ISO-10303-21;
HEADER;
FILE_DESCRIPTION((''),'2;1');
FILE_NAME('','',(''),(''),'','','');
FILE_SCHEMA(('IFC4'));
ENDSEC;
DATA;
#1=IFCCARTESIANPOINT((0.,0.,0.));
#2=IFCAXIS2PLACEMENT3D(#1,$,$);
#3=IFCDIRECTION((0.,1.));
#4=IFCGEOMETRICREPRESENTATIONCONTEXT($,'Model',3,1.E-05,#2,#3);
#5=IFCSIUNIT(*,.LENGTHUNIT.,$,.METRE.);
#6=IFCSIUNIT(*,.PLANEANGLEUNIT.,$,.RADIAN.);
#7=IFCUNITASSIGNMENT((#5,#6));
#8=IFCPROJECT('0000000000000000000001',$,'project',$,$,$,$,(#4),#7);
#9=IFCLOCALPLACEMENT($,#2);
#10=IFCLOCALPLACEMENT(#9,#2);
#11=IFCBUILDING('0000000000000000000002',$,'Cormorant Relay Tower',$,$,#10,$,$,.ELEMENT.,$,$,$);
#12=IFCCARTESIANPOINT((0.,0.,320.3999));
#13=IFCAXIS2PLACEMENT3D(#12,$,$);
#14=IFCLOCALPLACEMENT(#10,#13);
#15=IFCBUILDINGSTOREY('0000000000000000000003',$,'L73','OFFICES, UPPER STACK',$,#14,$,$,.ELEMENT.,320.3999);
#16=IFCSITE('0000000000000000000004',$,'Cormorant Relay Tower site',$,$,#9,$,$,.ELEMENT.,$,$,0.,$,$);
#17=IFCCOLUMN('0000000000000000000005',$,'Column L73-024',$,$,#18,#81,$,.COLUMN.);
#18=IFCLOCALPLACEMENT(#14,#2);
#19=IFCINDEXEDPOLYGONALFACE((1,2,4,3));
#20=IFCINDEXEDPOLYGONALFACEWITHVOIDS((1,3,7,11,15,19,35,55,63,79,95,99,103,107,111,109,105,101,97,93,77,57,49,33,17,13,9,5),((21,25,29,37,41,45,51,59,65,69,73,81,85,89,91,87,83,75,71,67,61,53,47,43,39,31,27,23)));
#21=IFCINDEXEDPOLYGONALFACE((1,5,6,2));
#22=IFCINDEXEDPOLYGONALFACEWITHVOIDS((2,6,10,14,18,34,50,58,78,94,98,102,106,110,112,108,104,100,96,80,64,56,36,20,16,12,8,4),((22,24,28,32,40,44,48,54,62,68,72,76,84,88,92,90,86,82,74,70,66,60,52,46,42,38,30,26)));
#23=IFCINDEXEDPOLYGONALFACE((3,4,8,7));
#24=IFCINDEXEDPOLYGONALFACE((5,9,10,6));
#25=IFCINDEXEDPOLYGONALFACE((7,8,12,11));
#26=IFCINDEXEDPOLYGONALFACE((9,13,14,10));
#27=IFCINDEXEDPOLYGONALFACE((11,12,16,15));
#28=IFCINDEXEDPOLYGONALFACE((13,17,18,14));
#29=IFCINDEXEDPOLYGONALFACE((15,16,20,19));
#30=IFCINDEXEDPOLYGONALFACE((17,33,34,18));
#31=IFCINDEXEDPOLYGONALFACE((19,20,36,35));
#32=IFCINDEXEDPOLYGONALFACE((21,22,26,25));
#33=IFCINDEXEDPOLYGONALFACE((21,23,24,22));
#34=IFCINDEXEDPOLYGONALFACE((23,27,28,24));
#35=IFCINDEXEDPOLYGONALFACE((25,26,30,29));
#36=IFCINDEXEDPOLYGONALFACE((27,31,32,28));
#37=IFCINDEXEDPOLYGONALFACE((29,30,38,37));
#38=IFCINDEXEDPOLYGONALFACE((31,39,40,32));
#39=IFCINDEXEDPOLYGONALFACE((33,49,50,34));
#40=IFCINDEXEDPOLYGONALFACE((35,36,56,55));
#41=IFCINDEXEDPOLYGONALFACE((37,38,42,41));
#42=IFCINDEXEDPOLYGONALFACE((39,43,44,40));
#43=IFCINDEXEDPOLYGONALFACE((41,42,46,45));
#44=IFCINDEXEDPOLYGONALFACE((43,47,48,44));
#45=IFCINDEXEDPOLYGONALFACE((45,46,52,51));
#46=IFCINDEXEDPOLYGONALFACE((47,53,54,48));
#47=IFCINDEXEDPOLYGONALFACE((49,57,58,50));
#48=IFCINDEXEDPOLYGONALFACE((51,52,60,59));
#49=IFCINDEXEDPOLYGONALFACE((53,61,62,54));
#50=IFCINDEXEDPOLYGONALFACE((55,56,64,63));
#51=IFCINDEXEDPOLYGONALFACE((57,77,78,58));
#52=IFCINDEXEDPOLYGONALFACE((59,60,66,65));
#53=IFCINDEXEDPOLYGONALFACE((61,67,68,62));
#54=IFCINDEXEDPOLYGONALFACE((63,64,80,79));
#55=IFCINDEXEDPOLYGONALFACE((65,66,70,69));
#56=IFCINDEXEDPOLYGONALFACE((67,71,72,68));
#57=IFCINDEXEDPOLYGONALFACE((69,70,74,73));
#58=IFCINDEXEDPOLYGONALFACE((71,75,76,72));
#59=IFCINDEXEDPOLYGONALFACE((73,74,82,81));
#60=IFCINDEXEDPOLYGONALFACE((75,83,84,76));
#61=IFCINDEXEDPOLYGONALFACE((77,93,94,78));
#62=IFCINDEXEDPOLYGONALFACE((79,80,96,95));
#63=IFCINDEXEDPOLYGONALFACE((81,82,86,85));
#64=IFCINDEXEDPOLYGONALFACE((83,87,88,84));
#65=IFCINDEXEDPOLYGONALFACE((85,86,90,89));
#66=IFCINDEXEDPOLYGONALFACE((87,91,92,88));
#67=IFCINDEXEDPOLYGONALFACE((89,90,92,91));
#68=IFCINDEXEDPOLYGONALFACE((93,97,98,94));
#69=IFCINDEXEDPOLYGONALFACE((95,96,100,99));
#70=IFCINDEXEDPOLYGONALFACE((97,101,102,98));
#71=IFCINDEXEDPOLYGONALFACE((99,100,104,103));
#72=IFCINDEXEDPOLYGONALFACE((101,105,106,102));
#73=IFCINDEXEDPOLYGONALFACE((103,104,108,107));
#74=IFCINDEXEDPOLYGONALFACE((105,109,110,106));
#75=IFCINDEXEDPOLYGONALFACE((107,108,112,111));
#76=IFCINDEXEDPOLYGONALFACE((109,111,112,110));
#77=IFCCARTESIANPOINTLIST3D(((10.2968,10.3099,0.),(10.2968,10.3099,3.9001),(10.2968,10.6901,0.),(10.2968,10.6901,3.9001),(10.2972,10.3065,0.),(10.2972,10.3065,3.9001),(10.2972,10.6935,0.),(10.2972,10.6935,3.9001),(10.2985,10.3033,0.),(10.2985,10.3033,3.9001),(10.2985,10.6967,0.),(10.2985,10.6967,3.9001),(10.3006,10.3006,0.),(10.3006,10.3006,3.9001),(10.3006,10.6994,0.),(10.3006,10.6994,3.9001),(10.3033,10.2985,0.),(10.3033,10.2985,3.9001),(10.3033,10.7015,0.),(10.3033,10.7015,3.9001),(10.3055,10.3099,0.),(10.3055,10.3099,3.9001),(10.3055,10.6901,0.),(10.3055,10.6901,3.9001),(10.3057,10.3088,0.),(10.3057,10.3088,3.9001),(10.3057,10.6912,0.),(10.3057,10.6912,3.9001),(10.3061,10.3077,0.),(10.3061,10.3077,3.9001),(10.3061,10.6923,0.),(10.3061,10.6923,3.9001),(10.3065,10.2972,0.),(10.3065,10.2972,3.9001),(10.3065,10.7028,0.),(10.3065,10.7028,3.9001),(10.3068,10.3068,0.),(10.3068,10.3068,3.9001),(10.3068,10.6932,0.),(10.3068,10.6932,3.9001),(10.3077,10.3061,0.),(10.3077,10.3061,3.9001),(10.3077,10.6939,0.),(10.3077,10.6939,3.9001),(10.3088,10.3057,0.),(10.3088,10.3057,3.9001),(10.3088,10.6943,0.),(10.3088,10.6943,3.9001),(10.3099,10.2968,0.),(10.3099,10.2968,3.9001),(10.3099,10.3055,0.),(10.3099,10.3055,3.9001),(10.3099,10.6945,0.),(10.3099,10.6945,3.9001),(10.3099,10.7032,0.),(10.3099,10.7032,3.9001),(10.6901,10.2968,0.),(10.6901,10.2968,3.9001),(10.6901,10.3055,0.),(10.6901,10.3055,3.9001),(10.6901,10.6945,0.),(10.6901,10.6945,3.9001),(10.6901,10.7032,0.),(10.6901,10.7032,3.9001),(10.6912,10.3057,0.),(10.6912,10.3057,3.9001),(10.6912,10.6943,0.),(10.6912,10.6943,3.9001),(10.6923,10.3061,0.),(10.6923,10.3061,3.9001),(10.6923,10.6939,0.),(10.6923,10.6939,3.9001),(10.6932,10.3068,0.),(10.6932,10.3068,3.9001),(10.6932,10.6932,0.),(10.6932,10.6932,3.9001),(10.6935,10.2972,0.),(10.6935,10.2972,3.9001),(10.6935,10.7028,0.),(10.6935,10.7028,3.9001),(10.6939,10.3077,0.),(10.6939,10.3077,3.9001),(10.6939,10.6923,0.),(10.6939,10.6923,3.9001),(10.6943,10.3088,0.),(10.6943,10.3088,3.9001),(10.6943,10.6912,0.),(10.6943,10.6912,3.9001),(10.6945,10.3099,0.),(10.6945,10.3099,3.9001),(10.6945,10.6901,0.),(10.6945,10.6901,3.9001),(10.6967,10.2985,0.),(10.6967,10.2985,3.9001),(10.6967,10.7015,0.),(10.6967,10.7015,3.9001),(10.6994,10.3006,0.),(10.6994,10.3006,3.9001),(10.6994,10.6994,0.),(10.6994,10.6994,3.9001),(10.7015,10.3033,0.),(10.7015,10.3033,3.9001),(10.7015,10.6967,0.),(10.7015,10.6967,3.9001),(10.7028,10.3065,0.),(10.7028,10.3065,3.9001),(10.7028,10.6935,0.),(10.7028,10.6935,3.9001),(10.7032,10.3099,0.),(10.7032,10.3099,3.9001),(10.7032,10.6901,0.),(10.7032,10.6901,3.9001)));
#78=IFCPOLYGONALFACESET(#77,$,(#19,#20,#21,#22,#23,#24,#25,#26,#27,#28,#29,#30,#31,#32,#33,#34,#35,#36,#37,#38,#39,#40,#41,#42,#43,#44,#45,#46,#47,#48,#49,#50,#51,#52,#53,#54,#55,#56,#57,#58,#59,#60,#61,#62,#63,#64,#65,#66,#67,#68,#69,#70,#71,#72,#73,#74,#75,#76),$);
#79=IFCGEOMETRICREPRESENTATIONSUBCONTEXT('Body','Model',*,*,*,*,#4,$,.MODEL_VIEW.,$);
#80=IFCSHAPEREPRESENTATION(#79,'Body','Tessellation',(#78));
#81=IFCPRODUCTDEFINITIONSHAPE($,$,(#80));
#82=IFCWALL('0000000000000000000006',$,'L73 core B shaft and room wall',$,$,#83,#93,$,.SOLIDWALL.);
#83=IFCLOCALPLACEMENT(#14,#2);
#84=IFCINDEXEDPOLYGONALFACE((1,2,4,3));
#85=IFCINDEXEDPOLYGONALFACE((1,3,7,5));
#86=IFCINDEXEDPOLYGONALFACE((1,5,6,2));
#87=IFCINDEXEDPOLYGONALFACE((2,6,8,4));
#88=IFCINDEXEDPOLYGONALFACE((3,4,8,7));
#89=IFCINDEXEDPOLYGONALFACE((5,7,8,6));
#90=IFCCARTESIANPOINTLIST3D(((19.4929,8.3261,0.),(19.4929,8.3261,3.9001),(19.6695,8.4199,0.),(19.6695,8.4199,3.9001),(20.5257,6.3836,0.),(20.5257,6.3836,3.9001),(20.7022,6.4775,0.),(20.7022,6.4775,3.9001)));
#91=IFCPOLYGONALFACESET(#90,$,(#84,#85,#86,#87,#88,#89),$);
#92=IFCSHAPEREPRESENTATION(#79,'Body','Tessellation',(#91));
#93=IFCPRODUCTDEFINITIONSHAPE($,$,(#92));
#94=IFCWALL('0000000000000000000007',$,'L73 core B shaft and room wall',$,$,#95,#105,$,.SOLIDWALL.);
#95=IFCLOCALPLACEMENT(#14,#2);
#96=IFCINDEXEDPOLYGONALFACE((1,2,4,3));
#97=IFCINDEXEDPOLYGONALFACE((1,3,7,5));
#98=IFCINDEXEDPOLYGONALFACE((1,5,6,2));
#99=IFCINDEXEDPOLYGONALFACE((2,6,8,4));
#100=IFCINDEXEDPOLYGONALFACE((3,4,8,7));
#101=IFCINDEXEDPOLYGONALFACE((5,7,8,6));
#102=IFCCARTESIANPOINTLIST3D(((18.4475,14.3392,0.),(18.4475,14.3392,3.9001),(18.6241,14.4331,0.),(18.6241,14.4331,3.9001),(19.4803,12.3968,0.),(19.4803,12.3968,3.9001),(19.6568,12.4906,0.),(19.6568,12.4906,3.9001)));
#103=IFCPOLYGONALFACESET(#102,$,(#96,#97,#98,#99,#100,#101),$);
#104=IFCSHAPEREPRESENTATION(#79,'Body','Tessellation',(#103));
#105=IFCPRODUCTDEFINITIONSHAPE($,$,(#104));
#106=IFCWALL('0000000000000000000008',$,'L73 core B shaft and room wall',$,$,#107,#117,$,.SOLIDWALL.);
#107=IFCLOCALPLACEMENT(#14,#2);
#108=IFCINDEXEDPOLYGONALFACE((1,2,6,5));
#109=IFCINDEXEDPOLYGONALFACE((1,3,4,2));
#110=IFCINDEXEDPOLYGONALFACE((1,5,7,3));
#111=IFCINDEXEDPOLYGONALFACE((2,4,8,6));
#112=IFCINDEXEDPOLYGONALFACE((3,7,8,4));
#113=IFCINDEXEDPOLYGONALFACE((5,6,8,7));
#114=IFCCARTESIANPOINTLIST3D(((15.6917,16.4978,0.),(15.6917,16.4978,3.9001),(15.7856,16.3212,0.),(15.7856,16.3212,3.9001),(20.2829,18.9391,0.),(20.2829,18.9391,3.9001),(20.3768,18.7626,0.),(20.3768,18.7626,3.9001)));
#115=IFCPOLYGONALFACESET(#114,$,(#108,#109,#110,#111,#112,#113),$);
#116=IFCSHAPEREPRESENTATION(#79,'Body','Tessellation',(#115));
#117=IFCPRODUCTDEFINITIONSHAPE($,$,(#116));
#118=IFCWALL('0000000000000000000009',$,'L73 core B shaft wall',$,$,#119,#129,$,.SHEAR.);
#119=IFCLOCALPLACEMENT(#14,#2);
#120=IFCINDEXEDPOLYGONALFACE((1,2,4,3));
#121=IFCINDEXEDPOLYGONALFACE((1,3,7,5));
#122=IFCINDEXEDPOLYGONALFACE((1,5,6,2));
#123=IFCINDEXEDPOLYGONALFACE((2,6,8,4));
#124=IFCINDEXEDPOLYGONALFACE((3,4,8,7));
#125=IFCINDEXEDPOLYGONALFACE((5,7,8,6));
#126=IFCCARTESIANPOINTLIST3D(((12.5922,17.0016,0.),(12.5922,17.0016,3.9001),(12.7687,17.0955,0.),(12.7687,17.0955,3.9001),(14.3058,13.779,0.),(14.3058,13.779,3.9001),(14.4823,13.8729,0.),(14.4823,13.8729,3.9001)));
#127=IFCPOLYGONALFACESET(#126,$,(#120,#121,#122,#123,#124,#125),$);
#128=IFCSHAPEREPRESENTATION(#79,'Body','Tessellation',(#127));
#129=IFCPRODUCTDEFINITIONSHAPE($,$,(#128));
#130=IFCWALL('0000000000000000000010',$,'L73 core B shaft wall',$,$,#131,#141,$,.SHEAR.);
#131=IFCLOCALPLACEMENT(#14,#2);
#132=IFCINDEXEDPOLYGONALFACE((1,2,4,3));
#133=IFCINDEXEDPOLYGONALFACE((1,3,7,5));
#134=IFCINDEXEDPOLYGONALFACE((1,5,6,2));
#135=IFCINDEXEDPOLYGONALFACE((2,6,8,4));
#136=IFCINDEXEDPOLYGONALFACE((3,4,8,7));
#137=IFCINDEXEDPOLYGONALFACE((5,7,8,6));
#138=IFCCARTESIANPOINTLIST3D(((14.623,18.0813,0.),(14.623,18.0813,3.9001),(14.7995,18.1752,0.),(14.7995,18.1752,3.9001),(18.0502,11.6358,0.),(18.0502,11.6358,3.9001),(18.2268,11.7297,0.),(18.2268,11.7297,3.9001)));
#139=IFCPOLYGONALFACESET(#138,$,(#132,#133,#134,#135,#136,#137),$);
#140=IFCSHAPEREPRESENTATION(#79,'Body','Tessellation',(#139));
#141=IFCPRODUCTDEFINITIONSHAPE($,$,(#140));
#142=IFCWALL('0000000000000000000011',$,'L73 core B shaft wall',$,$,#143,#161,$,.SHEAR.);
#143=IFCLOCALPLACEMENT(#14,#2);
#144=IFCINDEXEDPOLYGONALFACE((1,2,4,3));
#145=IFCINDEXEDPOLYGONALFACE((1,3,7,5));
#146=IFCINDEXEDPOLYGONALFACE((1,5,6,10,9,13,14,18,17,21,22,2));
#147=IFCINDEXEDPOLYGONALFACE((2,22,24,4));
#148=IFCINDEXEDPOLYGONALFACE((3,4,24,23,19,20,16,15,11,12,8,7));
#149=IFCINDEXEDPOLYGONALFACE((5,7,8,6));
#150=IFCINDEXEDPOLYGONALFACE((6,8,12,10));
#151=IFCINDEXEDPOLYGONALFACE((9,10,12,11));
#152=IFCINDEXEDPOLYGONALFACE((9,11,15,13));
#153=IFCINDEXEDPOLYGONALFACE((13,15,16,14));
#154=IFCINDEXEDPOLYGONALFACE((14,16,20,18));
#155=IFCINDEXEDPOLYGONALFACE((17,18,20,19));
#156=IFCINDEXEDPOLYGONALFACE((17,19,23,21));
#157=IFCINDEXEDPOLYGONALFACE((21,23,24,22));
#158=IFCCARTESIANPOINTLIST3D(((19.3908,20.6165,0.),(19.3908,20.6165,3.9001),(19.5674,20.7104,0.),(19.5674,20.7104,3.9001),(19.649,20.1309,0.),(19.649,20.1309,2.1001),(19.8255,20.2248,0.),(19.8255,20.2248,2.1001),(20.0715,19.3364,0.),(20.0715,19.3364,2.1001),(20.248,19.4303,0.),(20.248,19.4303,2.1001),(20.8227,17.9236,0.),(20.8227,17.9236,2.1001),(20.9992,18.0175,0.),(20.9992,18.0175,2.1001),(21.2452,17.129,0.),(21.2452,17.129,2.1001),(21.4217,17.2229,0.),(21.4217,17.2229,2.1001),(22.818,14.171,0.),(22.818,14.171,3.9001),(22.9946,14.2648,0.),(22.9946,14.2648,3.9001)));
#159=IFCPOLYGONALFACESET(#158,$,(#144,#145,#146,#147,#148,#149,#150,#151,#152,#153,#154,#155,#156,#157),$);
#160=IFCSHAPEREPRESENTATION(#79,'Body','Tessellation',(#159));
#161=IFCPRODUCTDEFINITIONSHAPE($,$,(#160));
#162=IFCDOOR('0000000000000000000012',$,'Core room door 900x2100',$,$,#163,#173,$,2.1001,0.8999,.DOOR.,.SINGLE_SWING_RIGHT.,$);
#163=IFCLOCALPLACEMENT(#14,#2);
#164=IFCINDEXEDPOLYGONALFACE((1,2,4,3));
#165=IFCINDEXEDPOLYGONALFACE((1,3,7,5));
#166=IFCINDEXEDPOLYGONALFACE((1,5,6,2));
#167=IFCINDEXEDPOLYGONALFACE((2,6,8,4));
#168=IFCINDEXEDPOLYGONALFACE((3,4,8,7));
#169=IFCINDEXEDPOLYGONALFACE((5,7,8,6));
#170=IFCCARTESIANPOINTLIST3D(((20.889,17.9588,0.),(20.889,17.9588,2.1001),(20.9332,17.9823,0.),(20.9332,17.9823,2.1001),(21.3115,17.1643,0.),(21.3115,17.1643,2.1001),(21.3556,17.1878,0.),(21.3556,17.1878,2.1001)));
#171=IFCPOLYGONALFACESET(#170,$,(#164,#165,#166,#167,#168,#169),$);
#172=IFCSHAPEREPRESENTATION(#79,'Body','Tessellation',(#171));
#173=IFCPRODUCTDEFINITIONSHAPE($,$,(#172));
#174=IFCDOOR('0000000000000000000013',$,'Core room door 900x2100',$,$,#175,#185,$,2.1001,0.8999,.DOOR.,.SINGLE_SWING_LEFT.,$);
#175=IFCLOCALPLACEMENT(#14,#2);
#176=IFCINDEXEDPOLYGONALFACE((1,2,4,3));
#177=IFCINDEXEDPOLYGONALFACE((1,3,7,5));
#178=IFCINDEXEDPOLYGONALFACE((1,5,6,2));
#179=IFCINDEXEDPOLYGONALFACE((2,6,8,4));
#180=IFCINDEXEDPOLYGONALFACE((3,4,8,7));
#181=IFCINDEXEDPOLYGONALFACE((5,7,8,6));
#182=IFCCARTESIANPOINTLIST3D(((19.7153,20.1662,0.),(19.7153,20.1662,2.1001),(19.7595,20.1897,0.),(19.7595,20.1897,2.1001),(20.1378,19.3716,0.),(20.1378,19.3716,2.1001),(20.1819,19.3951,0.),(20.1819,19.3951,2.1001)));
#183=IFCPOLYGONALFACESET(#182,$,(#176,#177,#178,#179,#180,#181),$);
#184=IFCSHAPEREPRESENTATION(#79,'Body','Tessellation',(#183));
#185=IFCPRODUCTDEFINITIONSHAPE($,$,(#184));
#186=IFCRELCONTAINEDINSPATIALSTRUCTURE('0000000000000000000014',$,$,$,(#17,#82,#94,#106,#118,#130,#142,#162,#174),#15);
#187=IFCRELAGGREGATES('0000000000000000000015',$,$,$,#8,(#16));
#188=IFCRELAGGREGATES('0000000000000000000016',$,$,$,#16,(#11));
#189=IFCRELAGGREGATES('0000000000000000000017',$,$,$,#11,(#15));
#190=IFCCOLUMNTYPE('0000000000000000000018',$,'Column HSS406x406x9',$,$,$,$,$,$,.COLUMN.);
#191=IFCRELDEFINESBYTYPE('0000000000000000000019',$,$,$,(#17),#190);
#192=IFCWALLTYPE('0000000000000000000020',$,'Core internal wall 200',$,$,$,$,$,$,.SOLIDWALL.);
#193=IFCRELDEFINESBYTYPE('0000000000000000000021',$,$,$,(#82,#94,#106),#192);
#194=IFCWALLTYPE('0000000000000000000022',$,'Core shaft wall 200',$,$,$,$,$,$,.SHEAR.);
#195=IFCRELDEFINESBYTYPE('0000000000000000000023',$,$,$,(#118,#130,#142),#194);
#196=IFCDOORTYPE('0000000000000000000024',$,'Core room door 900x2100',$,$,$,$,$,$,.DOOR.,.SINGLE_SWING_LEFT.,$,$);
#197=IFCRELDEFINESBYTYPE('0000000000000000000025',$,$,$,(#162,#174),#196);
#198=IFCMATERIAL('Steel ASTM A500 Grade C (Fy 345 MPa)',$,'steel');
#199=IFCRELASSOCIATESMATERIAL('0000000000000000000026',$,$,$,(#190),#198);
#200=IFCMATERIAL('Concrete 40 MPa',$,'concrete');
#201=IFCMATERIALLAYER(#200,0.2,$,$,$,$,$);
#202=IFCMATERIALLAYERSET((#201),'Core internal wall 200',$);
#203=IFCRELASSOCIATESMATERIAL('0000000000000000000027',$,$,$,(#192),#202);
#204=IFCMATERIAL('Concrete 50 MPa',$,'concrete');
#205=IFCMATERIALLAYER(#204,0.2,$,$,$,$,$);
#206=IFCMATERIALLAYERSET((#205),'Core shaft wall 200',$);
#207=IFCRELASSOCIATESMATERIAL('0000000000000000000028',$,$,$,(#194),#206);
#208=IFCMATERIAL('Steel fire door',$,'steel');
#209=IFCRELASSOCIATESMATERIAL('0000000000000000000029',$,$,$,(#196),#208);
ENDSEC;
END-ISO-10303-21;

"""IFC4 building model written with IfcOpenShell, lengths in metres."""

from ifc_helpers import new_model, si_unit, direction, frame, frame_2d, origin, origin_2d, place, context, subcontext, project, spatial, rectangle, hollow_rectangle, extrude, material, layer, layer_set, material_profile, profile_set, type_object, element, fill, save


model = new_model("IFC4")

# Units and contexts
model_context = context("Model", 3, precision=1e-05, world=origin(), true_north=direction((0.0, 1.0)))
body_context = subcontext(model_context, "Body", "Model", "MODEL_VIEW")
ifc_project = project(units=[si_unit("LENGTHUNIT", "METRE"), si_unit("PLANEANGLEUNIT", "RADIAN")], contexts=[model_context])

# Site, building, storey
site_placement = place(None, origin())
site = spatial("IfcSite", under=ifc_project, at=site_placement, Name="Cormorant Relay Tower site", CompositionType="ELEMENT", RefElevation=0.0)
building_placement = place(site_placement, origin())
building = spatial("IfcBuilding", under=site, at=building_placement, Name="Cormorant Relay Tower", CompositionType="ELEMENT")
storey_placement = place(building_placement, frame((0.0, 0.0, 320.3999)))
storey = spatial("IfcBuildingStorey", under=building, at=storey_placement, Name="L73", Description="OFFICES, UPPER STACK", CompositionType="ELEMENT", Elevation=320.3999)

# Column
ifc_material_1 = material(Name="Steel ASTM A500 Grade C (Fy 345 MPa)", Category="steel")
ifc_material_profile = material_profile(ifc_material_1, hollow_rectangle(XDim=0.4065, YDim=0.4065, WallThickness=0.0088, InnerFilletRadius=0.0044, OuterFilletRadius=0.0132, at=origin_2d()), Name="HSS406x406x9")
ifc_profile_set = profile_set([ifc_material_profile], Name="Steel ASTM A500 Grade C (Fy 345 MPa)")
column_type = type_object("IfcColumnType", Name="Column HSS406x406x9", PredefinedType="COLUMN", material=ifc_profile_set)
column_placement = place(storey_placement, frame((10.5, 10.5, 0.0), z_axis=(0.0, 0.0, 1.0), x_axis=(1.0, 0.0, 0.0)))
element("IfcColumn", 1, at=column_placement, inside=storey, type_object=column_type, Name="Column L73-024", PredefinedType="COLUMN", context=body_context, shape_type="SweptSolid", body=[
    extrude(hollow_rectangle(XDim=0.4065, YDim=0.4065, WallThickness=0.0088, InnerFilletRadius=0.0044, OuterFilletRadius=0.0132, at=origin_2d()), origin(), (0.0, 0.0, 1.0), 3.9001),
])

# Walls
ifc_material_2 = material(Name="Concrete 40 MPa", Category="concrete")
ifc_layer_1 = layer(ifc_material_2, 0.2)
ifc_layer_set_1 = layer_set([ifc_layer_1], Name="Core internal wall 200")
wall_type_1 = type_object("IfcWallType", Name="Core internal wall 200", PredefinedType="SOLIDWALL", material=ifc_layer_set_1)
for number, where, z_axis, x_axis, name in (
    (2, (20.614, 6.4304, 0.0), (0.0, 0.0, 1.0), (-0.469447, 0.88296, 0.0), "L73 core B shaft and room wall"),
    (3, (19.5686, 12.4436, 0.0), (0.0, 0.0, 1.0), (-0.469447, 0.88296, 0.0), "L73 core B shaft and room wall"),
):
    element("IfcWall", number, at=place(storey_placement, frame(where, z_axis=z_axis, x_axis=x_axis)), inside=storey, type_object=wall_type_1, Name=name, PredefinedType="SOLIDWALL", context=body_context, shape_type="SweptSolid", body=[
        extrude(rectangle(XDim=2.2, YDim=0.2, at=frame_2d((1.1001, 0.0))), origin(), (0.0, 0.0, 1.0), 3.9001),
    ])
wall_1_placement = place(storey_placement, frame((15.7385, 16.4094, 0.0), z_axis=(0.0, 0.0, 1.0), x_axis=(0.882935, 0.469496, 0.0)))
element("IfcWall", 4, at=wall_1_placement, inside=storey, type_object=wall_type_1, Name="L73 core B shaft and room wall", PredefinedType="SOLIDWALL", context=body_context, shape_type="SweptSolid", body=[
    extrude(rectangle(XDim=5.2, YDim=0.2, at=frame_2d((2.6001, 0.0))), origin(), (0.0, 0.0, 1.0), 3.9001),
])
ifc_material_3 = material(Name="Concrete 50 MPa", Category="concrete")
ifc_layer_2 = layer(ifc_material_3, 0.2)
ifc_layer_set_2 = layer_set([ifc_layer_2], Name="Core shaft wall 200")
wall_type_2 = type_object("IfcWallType", Name="Core shaft wall 200", PredefinedType="SHEAR", material=ifc_layer_set_2)
wall_2_placement = place(storey_placement, frame((14.394, 13.8259, 0.0), z_axis=(0.0, 0.0, 1.0), x_axis=(-0.469494, 0.882936, 0.0)))
element("IfcWall", 5, at=wall_2_placement, inside=storey, type_object=wall_type_2, Name="L73 core B shaft wall", PredefinedType="SHEAR", context=body_context, shape_type="SweptSolid", body=[
    extrude(rectangle(XDim=3.6499, YDim=0.2, at=frame_2d((1.825, 0.0))), origin(), (0.0, 0.0, 1.0), 3.9001),
])
wall_3_placement = place(storey_placement, frame((18.1384, 11.6829, 0.0), z_axis=(0.0, 0.0, 1.0), x_axis=(-0.46948, 0.882943, 0.0)))
element("IfcWall", 6, at=wall_3_placement, inside=storey, type_object=wall_type_2, Name="L73 core B shaft wall", PredefinedType="SHEAR", context=body_context, shape_type="SweptSolid", body=[
    extrude(rectangle(XDim=7.3, YDim=0.2, at=frame_2d((3.6499, 0.0))), origin(), (0.0, 0.0, 1.0), 3.9001),
])

# Wall, openings, doors
wall_4_placement = place(storey_placement, frame((22.9062, 14.218, 0.0), z_axis=(0.0, 0.0, 1.0), x_axis=(-0.46948, 0.882943, 0.0)))
wall_4 = element("IfcWall", 7, at=wall_4_placement, inside=storey, type_object=wall_type_2, Name="L73 core B shaft wall", PredefinedType="SHEAR", context=body_context, shape_type="SweptSolid", body=[
    extrude(rectangle(XDim=7.3, YDim=0.2, at=frame_2d((3.6499, 0.0))), origin(), (0.0, 0.0, 1.0), 3.9001),
])
opening_1_placement = place(wall_4_placement, frame((3.3501, 0.0, 0.0)))
opening_1 = element("IfcOpeningElement", 8, at=opening_1_placement, cuts=wall_4, PredefinedType="OPENING", context=body_context, shape_type="SweptSolid", body=[
    extrude(rectangle(XDim=0.8999, YDim=2.1001, at=frame_2d((0.45, 1.05))), frame((0.0, 0.1099, 0.0), z_axis=(0.0, -1.0, 0.0), x_axis=(1.0, 0.0, 0.0)), (0.0, 0.0, 1.0), 0.22),
])
opening_2_placement = place(wall_4_placement, frame((5.8501, 0.0, 0.0)))
opening_2 = element("IfcOpeningElement", 9, at=opening_2_placement, cuts=wall_4, PredefinedType="OPENING", context=body_context, shape_type="SweptSolid", body=[
    extrude(rectangle(XDim=0.8999, YDim=2.1001, at=frame_2d((0.45, 1.05))), frame((0.0, 0.1099, 0.0), z_axis=(0.0, -1.0, 0.0), x_axis=(1.0, 0.0, 0.0)), (0.0, 0.0, 1.0), 0.22),
])
ifc_material_4 = material(Name="Steel fire door", Category="steel")
door_type_1 = type_object("IfcDoorType", Name="Core room door 900x2100", OperationType="SINGLE_SWING_LEFT", PredefinedType="DOOR", material=ifc_material_4)
door_1_placement = place(opening_1_placement, origin())
door_1 = element("IfcDoor", 10, at=door_1_placement, inside=storey, type_object=door_type_1, Name="Core room door 900x2100", OperationType="SINGLE_SWING_RIGHT", OverallHeight=2.1001, OverallWidth=0.8999, PredefinedType="DOOR", context=body_context, shape_type="SweptSolid", body=[
    extrude(rectangle(XDim=0.8999, YDim=2.1001, at=frame_2d((0.45, 1.05))), frame((0.0, 0.0249, 0.0), z_axis=(0.0, -1.0, 0.0), x_axis=(1.0, 0.0, 0.0)), (0.0, 0.0, 1.0), 0.05),
])
fill(opening_1, door_1)
door_2_placement = place(opening_2_placement, origin())
door_2 = element("IfcDoor", 11, at=door_2_placement, inside=storey, type_object=door_type_1, Name="Core room door 900x2100", OperationType="SINGLE_SWING_LEFT", OverallHeight=2.1001, OverallWidth=0.8999, PredefinedType="DOOR", context=body_context, shape_type="SweptSolid", body=[
    extrude(rectangle(XDim=0.8999, YDim=2.1001, at=frame_2d((0.45, 1.05))), frame((0.0, 0.0249, 0.0), z_axis=(0.0, -1.0, 0.0), x_axis=(1.0, 0.0, 0.0)), (0.0, 0.0, 1.0), 0.05),
])
fill(opening_2, door_2)

save(model, "model.ifc")
